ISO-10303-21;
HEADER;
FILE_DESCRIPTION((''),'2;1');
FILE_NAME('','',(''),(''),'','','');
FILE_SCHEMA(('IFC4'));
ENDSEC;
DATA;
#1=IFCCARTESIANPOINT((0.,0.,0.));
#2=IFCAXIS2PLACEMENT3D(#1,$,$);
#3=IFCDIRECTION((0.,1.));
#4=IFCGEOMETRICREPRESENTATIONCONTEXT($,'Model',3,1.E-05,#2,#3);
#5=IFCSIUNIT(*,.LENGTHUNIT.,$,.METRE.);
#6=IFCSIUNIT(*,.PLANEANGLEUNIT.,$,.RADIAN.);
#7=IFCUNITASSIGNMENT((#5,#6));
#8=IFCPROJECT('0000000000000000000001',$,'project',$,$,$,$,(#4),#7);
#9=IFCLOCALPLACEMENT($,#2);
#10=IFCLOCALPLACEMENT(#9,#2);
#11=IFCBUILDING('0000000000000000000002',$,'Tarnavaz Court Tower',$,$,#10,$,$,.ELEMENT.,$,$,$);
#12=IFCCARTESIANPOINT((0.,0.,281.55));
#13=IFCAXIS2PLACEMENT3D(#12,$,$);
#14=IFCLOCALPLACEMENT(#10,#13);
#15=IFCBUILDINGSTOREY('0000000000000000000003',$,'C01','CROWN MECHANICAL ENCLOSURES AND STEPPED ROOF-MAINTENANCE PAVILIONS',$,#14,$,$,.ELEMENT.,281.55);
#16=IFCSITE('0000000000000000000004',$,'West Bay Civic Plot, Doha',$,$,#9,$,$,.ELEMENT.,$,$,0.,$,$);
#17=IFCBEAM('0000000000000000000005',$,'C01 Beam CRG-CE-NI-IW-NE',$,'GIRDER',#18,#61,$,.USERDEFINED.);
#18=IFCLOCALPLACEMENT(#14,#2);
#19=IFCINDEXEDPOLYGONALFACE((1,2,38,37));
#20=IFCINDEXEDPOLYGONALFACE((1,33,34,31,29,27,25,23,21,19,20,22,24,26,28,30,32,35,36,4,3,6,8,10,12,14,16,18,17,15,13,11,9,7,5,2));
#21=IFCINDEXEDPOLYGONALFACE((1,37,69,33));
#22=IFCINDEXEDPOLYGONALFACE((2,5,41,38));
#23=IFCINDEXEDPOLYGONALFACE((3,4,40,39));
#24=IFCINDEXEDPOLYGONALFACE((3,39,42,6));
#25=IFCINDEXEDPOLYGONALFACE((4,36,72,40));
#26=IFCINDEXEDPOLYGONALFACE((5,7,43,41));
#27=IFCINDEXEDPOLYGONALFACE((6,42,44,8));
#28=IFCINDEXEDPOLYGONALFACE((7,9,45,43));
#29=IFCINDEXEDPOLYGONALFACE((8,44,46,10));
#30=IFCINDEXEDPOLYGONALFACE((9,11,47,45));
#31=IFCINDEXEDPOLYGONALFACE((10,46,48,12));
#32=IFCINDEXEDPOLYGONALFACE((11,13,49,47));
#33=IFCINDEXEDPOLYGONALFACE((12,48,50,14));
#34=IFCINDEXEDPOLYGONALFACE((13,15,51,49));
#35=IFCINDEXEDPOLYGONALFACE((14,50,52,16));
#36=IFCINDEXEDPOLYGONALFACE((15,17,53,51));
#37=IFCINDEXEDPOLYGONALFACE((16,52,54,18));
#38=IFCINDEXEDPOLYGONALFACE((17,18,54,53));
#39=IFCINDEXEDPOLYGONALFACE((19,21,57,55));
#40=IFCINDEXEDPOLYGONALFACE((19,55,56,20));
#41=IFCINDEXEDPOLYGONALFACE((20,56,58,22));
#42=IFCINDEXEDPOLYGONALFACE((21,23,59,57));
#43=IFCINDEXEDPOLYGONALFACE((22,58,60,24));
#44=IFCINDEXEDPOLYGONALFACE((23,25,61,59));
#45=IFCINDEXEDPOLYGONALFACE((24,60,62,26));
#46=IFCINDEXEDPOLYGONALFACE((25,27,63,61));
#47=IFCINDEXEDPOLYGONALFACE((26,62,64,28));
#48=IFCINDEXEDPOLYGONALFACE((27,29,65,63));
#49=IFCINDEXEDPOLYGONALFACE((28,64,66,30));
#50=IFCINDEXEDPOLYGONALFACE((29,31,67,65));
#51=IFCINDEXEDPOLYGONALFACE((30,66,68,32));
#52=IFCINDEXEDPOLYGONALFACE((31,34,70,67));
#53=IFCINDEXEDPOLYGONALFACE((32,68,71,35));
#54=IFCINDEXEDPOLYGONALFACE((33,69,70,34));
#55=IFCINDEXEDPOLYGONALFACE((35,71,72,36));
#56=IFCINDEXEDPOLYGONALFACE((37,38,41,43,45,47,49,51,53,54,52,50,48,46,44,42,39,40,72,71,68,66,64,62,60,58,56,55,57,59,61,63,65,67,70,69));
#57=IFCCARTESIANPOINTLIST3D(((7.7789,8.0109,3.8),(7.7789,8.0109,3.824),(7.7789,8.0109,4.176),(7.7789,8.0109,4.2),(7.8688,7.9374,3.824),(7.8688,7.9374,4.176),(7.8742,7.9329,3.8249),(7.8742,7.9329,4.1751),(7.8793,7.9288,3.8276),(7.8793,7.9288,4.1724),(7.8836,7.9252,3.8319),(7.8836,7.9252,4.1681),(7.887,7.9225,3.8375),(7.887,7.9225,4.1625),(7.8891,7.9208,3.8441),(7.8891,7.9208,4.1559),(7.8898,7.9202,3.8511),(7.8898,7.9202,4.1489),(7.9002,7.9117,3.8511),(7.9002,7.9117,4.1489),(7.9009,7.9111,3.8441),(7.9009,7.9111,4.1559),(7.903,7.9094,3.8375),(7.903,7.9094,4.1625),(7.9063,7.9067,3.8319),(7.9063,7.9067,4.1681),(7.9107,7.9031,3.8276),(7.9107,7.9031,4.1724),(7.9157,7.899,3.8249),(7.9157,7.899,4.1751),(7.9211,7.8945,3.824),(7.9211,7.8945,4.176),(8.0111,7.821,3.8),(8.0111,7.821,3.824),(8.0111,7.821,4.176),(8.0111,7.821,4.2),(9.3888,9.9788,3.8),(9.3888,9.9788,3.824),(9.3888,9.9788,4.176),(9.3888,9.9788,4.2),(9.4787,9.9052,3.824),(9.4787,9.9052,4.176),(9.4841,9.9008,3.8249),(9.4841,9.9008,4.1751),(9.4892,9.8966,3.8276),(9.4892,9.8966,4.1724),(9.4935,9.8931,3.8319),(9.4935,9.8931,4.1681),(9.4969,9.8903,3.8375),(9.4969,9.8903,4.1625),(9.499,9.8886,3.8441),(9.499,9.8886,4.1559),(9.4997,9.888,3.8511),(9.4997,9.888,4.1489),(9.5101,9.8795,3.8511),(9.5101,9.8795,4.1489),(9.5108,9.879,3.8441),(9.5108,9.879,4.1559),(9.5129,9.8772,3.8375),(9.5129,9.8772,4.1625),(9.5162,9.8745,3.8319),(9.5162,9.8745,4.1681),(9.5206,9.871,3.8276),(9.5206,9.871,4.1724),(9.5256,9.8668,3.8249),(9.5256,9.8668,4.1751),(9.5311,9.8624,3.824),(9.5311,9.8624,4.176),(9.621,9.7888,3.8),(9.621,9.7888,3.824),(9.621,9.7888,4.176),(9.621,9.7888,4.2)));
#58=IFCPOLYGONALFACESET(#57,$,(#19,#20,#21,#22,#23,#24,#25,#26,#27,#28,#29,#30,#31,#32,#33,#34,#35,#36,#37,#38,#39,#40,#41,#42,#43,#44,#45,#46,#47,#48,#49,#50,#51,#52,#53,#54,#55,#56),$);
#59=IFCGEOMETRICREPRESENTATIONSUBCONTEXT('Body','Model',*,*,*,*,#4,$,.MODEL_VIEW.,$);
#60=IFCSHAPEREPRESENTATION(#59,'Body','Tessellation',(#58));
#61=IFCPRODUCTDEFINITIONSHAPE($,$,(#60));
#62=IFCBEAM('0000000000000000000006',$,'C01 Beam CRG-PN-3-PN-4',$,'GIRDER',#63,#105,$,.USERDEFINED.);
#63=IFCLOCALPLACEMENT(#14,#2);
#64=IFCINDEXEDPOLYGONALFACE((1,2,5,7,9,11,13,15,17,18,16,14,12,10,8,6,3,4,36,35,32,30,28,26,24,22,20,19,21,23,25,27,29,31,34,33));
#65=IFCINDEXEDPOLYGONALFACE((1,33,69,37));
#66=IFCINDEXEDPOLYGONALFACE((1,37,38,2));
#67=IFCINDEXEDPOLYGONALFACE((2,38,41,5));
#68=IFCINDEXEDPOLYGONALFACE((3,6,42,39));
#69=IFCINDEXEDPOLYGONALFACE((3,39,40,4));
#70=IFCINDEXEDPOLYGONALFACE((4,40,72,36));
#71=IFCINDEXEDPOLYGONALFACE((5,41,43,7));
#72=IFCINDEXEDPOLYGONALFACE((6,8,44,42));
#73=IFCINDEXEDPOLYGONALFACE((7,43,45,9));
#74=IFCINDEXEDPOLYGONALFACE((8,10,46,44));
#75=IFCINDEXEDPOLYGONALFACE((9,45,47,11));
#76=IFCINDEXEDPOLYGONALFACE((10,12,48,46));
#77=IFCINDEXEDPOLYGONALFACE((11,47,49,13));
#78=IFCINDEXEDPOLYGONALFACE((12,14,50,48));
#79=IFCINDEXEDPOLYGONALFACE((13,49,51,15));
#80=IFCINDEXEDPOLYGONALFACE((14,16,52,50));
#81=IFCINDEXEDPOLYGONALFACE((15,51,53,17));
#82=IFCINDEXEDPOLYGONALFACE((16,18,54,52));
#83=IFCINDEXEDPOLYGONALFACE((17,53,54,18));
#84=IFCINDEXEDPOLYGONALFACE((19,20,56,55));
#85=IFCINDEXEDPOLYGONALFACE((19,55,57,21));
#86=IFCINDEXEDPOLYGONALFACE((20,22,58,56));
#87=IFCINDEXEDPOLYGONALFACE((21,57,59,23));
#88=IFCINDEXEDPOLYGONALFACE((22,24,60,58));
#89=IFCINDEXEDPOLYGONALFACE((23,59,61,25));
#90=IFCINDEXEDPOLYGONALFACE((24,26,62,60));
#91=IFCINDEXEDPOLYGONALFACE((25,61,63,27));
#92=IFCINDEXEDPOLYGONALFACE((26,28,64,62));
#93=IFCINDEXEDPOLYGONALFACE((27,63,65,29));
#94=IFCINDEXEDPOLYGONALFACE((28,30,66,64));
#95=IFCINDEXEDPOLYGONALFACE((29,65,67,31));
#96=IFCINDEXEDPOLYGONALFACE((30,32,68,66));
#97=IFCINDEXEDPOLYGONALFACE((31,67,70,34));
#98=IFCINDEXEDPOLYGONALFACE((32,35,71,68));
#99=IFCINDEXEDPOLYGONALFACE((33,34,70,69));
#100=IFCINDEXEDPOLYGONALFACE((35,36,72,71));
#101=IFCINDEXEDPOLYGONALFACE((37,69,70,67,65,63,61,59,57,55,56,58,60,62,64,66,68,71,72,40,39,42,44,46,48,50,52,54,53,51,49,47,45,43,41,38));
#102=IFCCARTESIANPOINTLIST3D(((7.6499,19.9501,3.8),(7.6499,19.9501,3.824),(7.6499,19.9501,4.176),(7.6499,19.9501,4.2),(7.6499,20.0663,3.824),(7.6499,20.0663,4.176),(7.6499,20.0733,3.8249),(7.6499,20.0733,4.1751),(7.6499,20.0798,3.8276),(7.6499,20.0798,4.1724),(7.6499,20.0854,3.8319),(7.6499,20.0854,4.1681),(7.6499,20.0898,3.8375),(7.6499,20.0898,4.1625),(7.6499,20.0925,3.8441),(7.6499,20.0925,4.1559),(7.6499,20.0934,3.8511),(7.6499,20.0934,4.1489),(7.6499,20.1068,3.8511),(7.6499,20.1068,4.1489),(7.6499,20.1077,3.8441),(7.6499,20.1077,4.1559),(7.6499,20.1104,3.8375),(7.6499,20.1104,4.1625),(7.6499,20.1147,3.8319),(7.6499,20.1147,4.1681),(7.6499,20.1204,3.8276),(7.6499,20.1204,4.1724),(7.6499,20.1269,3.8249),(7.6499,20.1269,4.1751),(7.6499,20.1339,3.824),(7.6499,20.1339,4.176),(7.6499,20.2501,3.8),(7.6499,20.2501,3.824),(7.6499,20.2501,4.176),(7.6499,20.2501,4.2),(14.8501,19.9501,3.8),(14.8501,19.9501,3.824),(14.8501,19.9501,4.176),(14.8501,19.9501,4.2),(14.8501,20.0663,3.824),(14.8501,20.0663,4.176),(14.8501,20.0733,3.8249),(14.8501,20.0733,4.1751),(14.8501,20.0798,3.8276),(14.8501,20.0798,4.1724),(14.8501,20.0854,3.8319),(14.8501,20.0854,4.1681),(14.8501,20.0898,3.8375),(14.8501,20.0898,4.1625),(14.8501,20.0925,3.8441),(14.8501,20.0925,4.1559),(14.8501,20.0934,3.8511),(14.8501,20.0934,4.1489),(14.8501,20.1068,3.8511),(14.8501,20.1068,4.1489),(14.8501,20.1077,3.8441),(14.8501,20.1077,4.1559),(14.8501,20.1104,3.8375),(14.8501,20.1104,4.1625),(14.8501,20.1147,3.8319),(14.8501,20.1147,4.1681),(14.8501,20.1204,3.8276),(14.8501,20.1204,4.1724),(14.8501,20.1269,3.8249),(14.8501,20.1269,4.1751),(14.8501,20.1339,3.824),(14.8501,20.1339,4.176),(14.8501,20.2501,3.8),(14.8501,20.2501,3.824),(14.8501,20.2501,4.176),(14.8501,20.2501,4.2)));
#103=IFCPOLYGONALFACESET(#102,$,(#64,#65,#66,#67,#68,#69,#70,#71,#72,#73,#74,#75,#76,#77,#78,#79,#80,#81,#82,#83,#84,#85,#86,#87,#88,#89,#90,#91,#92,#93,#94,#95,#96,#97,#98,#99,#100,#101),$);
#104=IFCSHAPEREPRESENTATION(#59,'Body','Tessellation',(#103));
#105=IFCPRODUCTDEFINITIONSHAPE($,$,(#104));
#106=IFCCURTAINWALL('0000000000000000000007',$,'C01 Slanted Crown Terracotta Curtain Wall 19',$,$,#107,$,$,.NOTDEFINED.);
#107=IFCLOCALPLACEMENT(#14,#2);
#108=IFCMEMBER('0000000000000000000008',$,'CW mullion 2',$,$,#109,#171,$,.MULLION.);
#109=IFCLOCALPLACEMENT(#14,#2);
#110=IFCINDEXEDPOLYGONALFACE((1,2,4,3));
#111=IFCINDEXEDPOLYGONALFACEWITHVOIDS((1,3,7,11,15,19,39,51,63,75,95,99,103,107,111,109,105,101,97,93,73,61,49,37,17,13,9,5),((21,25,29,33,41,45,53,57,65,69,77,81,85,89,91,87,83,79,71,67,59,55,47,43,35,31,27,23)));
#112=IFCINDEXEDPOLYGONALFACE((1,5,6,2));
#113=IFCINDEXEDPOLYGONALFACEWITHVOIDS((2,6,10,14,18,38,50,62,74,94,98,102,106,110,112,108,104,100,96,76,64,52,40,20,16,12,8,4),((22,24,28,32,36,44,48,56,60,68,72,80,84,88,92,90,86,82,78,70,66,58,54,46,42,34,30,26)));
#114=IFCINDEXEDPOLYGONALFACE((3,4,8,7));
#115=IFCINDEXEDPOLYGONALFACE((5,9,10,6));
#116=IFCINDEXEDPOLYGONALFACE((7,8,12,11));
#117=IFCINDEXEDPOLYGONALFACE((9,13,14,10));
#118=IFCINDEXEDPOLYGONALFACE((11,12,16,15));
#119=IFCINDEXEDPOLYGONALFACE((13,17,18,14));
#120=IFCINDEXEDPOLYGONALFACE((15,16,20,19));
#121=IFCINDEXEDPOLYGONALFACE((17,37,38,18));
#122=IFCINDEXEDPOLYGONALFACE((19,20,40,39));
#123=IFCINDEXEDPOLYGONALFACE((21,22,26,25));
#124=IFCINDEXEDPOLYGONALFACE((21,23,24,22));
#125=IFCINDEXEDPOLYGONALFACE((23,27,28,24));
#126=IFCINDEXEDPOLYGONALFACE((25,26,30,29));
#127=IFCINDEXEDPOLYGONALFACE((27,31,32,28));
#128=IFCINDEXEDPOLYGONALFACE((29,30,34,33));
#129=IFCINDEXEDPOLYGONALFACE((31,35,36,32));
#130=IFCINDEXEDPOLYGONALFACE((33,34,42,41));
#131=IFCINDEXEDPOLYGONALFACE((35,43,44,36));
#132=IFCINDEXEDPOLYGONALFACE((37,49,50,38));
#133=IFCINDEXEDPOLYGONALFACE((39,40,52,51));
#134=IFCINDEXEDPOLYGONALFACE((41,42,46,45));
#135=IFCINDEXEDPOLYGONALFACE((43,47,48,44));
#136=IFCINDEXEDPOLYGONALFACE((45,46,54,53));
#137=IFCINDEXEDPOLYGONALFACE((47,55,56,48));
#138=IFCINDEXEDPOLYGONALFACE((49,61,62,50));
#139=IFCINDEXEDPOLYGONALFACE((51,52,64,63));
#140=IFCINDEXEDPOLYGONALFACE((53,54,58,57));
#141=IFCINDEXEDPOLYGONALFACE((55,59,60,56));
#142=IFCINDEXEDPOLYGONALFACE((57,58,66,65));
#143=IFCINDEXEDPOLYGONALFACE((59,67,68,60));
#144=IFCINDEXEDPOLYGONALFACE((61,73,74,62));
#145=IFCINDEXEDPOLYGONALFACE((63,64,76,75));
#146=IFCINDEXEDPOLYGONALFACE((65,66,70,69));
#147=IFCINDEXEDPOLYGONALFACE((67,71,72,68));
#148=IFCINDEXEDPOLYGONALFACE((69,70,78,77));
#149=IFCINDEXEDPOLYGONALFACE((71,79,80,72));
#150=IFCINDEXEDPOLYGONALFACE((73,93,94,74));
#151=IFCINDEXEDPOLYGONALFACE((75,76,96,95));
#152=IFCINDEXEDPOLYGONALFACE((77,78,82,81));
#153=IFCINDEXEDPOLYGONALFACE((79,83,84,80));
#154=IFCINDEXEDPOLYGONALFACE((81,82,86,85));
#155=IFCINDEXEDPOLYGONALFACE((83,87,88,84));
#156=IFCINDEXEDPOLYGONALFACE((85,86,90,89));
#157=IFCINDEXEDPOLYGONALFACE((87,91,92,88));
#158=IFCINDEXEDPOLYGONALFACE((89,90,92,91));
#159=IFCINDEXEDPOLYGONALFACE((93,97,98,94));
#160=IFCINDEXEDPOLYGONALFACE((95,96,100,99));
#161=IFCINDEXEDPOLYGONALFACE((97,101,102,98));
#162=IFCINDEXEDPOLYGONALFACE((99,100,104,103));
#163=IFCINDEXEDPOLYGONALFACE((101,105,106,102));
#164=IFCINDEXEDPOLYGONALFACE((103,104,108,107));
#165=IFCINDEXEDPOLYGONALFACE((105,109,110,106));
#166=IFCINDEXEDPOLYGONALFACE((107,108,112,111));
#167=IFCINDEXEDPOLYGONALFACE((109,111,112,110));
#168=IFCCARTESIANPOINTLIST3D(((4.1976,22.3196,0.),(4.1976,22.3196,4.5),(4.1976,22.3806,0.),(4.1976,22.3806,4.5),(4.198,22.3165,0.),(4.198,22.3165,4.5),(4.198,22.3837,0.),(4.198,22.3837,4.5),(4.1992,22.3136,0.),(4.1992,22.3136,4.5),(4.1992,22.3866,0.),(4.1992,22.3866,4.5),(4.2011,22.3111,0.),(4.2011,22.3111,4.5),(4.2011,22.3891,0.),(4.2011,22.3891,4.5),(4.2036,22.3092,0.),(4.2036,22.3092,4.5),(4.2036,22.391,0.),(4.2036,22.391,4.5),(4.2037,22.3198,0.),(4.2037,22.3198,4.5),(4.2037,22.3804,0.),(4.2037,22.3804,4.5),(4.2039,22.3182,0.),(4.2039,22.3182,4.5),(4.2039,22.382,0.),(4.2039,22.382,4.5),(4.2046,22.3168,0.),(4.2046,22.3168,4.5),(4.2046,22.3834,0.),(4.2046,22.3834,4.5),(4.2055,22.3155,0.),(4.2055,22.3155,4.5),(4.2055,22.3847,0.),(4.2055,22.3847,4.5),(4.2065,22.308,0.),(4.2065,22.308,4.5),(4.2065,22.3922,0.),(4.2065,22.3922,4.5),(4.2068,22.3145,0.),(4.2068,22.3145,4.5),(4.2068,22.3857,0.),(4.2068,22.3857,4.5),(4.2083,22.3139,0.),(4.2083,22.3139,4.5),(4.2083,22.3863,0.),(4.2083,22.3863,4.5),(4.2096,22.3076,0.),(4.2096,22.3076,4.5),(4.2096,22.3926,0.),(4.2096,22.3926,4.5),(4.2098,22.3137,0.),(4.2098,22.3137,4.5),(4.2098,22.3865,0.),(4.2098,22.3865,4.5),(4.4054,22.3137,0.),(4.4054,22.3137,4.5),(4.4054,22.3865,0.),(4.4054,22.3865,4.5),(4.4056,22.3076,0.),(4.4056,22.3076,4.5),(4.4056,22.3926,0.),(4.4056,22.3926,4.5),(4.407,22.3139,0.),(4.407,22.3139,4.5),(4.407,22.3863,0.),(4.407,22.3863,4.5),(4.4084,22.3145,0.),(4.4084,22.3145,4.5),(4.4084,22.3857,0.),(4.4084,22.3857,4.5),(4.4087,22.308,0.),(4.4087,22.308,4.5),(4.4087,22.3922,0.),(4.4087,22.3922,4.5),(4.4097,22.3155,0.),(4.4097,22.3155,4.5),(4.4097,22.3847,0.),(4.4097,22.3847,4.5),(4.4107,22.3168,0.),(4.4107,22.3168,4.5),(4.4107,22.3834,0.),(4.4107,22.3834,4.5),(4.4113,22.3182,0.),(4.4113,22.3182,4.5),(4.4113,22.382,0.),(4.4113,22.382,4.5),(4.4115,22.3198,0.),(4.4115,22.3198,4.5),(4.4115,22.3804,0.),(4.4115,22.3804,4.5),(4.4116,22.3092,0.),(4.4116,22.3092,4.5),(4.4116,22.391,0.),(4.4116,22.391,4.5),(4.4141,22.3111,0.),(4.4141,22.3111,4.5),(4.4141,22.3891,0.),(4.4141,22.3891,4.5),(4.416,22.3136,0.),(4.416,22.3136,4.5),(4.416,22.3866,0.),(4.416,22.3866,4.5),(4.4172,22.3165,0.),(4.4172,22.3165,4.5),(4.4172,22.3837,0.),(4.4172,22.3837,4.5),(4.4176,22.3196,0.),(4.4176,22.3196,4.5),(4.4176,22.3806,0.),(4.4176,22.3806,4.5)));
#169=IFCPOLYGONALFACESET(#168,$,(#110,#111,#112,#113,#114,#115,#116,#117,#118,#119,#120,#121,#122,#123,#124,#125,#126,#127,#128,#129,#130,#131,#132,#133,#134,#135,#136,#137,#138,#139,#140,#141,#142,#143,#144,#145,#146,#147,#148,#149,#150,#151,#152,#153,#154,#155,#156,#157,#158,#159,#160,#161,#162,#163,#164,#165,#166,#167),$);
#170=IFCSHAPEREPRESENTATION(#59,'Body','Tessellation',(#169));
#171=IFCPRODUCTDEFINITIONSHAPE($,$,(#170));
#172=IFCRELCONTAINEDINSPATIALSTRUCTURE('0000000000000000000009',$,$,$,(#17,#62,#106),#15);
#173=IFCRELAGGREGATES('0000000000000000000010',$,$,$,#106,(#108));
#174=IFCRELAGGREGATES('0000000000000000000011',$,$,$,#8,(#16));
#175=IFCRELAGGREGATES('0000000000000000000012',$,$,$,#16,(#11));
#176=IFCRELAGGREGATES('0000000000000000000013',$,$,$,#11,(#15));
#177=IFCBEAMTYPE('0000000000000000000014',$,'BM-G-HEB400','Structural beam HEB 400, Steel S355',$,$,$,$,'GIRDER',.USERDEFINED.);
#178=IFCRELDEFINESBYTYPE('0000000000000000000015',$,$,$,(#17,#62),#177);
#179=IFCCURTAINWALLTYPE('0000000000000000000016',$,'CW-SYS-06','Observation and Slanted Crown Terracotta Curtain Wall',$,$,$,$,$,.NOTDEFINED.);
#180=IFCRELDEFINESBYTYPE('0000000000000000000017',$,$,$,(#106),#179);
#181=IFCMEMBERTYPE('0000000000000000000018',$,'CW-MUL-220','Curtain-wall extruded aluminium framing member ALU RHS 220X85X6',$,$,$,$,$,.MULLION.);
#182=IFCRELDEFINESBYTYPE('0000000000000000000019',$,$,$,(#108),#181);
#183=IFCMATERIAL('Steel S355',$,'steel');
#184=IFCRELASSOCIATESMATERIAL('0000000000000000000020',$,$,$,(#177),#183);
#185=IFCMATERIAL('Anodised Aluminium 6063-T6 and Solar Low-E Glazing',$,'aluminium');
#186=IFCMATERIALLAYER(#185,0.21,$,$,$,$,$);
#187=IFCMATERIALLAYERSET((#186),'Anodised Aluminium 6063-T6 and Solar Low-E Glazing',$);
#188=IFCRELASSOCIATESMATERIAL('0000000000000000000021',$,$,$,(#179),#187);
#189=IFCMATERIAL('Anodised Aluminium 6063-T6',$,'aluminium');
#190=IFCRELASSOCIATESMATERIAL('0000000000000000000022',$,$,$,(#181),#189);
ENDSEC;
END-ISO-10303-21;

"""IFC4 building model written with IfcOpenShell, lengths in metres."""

from ifc_helpers import new_model, si_unit, direction, frame, origin, origin_2d, place, context, subcontext, project, spatial, hollow_rectangle, i_section, extrude, material, layer, layer_set, material_profile, profile_set, type_object, element, aggregate, save


model = new_model("IFC4")

# Units and contexts
model_context = context("Model", 3, precision=1e-05, world=origin(), true_north=direction((0.0, 1.0)))
body_context = subcontext(model_context, "Body", "Model", "MODEL_VIEW")
ifc_project = project(units=[si_unit("LENGTHUNIT", "METRE"), si_unit("PLANEANGLEUNIT", "RADIAN")], contexts=[model_context])

# Site, building, storey
site_placement = place(None, origin())
site = spatial("IfcSite", under=ifc_project, at=site_placement, Name="West Bay Civic Plot, Doha", CompositionType="ELEMENT", RefElevation=0.0)
building_placement = place(site_placement, origin())
building = spatial("IfcBuilding", under=site, at=building_placement, Name="Tarnavaz Court Tower", CompositionType="ELEMENT")
storey_placement = place(building_placement, frame((0.0, 0.0, 281.55)))
storey = spatial("IfcBuildingStorey", under=building, at=storey_placement, Name="C01", Description="CROWN MECHANICAL ENCLOSURES AND STEPPED ROOF-MAINTENANCE PAVILIONS", CompositionType="ELEMENT", Elevation=281.55)

# Shared definitions
ifc_material_1 = material(Name="Steel S355", Category="steel")

# Beams
ifc_material_profile_1 = material_profile(ifc_material_1, i_section(OverallWidth=0.3, OverallDepth=0.3999, WebThickness=0.0134, FlangeThickness=0.0239, FilletRadius=0.0271, at=origin_2d()), Name="HEB 400")
ifc_profile_set_1 = profile_set([ifc_material_profile_1], Name="Steel S355")
beam_type = type_object("IfcBeamType", Name="BM-G-HEB400", Description="Structural beam HEB 400, Steel S355", ElementType="GIRDER", PredefinedType="USERDEFINED", material=ifc_profile_set_1)
beam_1_placement = place(storey_placement, frame((9.5049, 9.8838, 4.0), z_axis=(-0.633206, -0.773983, 0.0), x_axis=(0.773983, -0.633206, 0.0)))
element("IfcBeam", 1, at=beam_1_placement, inside=storey, type_object=beam_type, Name="C01 Beam CRG-CE-NI-IW-NE", ObjectType="GIRDER", PredefinedType="USERDEFINED", context=body_context, shape_type="SweptSolid", body=[
    extrude(i_section(OverallWidth=0.3, OverallDepth=0.3999, WebThickness=0.0134, FlangeThickness=0.0239, FilletRadius=0.0271, at=origin_2d()), origin(), (0.0, 0.0, 1.0), 2.5425),
])
beam_2_placement = place(storey_placement, frame((7.6499, 20.1001, 4.0), z_axis=(1.0, 0.0, 0.0), x_axis=(0.0, 1.0, 0.0)))
element("IfcBeam", 2, at=beam_2_placement, inside=storey, type_object=beam_type, Name="C01 Beam CRG-PN-3-PN-4", ObjectType="GIRDER", PredefinedType="USERDEFINED", context=body_context, shape_type="SweptSolid", body=[
    extrude(i_section(OverallWidth=0.3, OverallDepth=0.3999, WebThickness=0.0134, FlangeThickness=0.0239, FilletRadius=0.0271, at=origin_2d()), origin(), (0.0, 0.0, 1.0), 7.2002),
])

# Curtain wall, member
ifc_material_2 = material(Name="Anodised Aluminium 6063-T6 and Solar Low-E Glazing", Category="aluminium")
ifc_layer_1 = layer(ifc_material_2, 0.21)
ifc_layer_set_1 = layer_set([ifc_layer_1], Name="Anodised Aluminium 6063-T6 and Solar Low-E Glazing")
curtain_wall_type = type_object("IfcCurtainWallType", Name="CW-SYS-06", Description="Observation and Slanted Crown Terracotta Curtain Wall", PredefinedType="NOTDEFINED", material=ifc_layer_set_1)
curtain_wall_1_placement = place(storey_placement, origin())
curtain_wall_1 = element("IfcCurtainWall", 3, at=curtain_wall_1_placement, inside=storey, type_object=curtain_wall_type, Name="C01 Slanted Crown Terracotta Curtain Wall 19", PredefinedType="NOTDEFINED")
ifc_material_3 = material(Name="Anodised Aluminium 6063-T6", Category="aluminium")
ifc_material_profile_2 = material_profile(ifc_material_3, hollow_rectangle(XDim=0.085, YDim=0.22, WallThickness=0.0061, InnerFilletRadius=0.0061, OuterFilletRadius=0.012, at=origin_2d()), Name="ALU RHS 220X85X6")
ifc_profile_set_2 = profile_set([ifc_material_profile_2], Name="Anodised Aluminium 6063-T6")
member_type_1 = type_object("IfcMemberType", Name="CW-MUL-220", Description="Curtain-wall extruded aluminium framing member ALU RHS 220X85X6", PredefinedType="MULLION", material=ifc_profile_set_2)
member_1_placement = place(storey_placement, frame((4.3076, 22.3501, 0.0), z_axis=(0.0, 0.0, 1.0), x_axis=(0.0, 1.0, 0.0)))
member_1 = element("IfcMember", 4, at=member_1_placement, type_object=member_type_1, Name="CW mullion 2", PredefinedType="MULLION", context=body_context, shape_type="SweptSolid", body=[
    extrude(hollow_rectangle(XDim=0.085, YDim=0.22, WallThickness=0.0061, InnerFilletRadius=0.0061, OuterFilletRadius=0.012, at=origin_2d()), origin(), (0.0, 0.0, 1.0), 4.5),
])

aggregate(curtain_wall_1, [member_1])

save(model, "model.ifc")
